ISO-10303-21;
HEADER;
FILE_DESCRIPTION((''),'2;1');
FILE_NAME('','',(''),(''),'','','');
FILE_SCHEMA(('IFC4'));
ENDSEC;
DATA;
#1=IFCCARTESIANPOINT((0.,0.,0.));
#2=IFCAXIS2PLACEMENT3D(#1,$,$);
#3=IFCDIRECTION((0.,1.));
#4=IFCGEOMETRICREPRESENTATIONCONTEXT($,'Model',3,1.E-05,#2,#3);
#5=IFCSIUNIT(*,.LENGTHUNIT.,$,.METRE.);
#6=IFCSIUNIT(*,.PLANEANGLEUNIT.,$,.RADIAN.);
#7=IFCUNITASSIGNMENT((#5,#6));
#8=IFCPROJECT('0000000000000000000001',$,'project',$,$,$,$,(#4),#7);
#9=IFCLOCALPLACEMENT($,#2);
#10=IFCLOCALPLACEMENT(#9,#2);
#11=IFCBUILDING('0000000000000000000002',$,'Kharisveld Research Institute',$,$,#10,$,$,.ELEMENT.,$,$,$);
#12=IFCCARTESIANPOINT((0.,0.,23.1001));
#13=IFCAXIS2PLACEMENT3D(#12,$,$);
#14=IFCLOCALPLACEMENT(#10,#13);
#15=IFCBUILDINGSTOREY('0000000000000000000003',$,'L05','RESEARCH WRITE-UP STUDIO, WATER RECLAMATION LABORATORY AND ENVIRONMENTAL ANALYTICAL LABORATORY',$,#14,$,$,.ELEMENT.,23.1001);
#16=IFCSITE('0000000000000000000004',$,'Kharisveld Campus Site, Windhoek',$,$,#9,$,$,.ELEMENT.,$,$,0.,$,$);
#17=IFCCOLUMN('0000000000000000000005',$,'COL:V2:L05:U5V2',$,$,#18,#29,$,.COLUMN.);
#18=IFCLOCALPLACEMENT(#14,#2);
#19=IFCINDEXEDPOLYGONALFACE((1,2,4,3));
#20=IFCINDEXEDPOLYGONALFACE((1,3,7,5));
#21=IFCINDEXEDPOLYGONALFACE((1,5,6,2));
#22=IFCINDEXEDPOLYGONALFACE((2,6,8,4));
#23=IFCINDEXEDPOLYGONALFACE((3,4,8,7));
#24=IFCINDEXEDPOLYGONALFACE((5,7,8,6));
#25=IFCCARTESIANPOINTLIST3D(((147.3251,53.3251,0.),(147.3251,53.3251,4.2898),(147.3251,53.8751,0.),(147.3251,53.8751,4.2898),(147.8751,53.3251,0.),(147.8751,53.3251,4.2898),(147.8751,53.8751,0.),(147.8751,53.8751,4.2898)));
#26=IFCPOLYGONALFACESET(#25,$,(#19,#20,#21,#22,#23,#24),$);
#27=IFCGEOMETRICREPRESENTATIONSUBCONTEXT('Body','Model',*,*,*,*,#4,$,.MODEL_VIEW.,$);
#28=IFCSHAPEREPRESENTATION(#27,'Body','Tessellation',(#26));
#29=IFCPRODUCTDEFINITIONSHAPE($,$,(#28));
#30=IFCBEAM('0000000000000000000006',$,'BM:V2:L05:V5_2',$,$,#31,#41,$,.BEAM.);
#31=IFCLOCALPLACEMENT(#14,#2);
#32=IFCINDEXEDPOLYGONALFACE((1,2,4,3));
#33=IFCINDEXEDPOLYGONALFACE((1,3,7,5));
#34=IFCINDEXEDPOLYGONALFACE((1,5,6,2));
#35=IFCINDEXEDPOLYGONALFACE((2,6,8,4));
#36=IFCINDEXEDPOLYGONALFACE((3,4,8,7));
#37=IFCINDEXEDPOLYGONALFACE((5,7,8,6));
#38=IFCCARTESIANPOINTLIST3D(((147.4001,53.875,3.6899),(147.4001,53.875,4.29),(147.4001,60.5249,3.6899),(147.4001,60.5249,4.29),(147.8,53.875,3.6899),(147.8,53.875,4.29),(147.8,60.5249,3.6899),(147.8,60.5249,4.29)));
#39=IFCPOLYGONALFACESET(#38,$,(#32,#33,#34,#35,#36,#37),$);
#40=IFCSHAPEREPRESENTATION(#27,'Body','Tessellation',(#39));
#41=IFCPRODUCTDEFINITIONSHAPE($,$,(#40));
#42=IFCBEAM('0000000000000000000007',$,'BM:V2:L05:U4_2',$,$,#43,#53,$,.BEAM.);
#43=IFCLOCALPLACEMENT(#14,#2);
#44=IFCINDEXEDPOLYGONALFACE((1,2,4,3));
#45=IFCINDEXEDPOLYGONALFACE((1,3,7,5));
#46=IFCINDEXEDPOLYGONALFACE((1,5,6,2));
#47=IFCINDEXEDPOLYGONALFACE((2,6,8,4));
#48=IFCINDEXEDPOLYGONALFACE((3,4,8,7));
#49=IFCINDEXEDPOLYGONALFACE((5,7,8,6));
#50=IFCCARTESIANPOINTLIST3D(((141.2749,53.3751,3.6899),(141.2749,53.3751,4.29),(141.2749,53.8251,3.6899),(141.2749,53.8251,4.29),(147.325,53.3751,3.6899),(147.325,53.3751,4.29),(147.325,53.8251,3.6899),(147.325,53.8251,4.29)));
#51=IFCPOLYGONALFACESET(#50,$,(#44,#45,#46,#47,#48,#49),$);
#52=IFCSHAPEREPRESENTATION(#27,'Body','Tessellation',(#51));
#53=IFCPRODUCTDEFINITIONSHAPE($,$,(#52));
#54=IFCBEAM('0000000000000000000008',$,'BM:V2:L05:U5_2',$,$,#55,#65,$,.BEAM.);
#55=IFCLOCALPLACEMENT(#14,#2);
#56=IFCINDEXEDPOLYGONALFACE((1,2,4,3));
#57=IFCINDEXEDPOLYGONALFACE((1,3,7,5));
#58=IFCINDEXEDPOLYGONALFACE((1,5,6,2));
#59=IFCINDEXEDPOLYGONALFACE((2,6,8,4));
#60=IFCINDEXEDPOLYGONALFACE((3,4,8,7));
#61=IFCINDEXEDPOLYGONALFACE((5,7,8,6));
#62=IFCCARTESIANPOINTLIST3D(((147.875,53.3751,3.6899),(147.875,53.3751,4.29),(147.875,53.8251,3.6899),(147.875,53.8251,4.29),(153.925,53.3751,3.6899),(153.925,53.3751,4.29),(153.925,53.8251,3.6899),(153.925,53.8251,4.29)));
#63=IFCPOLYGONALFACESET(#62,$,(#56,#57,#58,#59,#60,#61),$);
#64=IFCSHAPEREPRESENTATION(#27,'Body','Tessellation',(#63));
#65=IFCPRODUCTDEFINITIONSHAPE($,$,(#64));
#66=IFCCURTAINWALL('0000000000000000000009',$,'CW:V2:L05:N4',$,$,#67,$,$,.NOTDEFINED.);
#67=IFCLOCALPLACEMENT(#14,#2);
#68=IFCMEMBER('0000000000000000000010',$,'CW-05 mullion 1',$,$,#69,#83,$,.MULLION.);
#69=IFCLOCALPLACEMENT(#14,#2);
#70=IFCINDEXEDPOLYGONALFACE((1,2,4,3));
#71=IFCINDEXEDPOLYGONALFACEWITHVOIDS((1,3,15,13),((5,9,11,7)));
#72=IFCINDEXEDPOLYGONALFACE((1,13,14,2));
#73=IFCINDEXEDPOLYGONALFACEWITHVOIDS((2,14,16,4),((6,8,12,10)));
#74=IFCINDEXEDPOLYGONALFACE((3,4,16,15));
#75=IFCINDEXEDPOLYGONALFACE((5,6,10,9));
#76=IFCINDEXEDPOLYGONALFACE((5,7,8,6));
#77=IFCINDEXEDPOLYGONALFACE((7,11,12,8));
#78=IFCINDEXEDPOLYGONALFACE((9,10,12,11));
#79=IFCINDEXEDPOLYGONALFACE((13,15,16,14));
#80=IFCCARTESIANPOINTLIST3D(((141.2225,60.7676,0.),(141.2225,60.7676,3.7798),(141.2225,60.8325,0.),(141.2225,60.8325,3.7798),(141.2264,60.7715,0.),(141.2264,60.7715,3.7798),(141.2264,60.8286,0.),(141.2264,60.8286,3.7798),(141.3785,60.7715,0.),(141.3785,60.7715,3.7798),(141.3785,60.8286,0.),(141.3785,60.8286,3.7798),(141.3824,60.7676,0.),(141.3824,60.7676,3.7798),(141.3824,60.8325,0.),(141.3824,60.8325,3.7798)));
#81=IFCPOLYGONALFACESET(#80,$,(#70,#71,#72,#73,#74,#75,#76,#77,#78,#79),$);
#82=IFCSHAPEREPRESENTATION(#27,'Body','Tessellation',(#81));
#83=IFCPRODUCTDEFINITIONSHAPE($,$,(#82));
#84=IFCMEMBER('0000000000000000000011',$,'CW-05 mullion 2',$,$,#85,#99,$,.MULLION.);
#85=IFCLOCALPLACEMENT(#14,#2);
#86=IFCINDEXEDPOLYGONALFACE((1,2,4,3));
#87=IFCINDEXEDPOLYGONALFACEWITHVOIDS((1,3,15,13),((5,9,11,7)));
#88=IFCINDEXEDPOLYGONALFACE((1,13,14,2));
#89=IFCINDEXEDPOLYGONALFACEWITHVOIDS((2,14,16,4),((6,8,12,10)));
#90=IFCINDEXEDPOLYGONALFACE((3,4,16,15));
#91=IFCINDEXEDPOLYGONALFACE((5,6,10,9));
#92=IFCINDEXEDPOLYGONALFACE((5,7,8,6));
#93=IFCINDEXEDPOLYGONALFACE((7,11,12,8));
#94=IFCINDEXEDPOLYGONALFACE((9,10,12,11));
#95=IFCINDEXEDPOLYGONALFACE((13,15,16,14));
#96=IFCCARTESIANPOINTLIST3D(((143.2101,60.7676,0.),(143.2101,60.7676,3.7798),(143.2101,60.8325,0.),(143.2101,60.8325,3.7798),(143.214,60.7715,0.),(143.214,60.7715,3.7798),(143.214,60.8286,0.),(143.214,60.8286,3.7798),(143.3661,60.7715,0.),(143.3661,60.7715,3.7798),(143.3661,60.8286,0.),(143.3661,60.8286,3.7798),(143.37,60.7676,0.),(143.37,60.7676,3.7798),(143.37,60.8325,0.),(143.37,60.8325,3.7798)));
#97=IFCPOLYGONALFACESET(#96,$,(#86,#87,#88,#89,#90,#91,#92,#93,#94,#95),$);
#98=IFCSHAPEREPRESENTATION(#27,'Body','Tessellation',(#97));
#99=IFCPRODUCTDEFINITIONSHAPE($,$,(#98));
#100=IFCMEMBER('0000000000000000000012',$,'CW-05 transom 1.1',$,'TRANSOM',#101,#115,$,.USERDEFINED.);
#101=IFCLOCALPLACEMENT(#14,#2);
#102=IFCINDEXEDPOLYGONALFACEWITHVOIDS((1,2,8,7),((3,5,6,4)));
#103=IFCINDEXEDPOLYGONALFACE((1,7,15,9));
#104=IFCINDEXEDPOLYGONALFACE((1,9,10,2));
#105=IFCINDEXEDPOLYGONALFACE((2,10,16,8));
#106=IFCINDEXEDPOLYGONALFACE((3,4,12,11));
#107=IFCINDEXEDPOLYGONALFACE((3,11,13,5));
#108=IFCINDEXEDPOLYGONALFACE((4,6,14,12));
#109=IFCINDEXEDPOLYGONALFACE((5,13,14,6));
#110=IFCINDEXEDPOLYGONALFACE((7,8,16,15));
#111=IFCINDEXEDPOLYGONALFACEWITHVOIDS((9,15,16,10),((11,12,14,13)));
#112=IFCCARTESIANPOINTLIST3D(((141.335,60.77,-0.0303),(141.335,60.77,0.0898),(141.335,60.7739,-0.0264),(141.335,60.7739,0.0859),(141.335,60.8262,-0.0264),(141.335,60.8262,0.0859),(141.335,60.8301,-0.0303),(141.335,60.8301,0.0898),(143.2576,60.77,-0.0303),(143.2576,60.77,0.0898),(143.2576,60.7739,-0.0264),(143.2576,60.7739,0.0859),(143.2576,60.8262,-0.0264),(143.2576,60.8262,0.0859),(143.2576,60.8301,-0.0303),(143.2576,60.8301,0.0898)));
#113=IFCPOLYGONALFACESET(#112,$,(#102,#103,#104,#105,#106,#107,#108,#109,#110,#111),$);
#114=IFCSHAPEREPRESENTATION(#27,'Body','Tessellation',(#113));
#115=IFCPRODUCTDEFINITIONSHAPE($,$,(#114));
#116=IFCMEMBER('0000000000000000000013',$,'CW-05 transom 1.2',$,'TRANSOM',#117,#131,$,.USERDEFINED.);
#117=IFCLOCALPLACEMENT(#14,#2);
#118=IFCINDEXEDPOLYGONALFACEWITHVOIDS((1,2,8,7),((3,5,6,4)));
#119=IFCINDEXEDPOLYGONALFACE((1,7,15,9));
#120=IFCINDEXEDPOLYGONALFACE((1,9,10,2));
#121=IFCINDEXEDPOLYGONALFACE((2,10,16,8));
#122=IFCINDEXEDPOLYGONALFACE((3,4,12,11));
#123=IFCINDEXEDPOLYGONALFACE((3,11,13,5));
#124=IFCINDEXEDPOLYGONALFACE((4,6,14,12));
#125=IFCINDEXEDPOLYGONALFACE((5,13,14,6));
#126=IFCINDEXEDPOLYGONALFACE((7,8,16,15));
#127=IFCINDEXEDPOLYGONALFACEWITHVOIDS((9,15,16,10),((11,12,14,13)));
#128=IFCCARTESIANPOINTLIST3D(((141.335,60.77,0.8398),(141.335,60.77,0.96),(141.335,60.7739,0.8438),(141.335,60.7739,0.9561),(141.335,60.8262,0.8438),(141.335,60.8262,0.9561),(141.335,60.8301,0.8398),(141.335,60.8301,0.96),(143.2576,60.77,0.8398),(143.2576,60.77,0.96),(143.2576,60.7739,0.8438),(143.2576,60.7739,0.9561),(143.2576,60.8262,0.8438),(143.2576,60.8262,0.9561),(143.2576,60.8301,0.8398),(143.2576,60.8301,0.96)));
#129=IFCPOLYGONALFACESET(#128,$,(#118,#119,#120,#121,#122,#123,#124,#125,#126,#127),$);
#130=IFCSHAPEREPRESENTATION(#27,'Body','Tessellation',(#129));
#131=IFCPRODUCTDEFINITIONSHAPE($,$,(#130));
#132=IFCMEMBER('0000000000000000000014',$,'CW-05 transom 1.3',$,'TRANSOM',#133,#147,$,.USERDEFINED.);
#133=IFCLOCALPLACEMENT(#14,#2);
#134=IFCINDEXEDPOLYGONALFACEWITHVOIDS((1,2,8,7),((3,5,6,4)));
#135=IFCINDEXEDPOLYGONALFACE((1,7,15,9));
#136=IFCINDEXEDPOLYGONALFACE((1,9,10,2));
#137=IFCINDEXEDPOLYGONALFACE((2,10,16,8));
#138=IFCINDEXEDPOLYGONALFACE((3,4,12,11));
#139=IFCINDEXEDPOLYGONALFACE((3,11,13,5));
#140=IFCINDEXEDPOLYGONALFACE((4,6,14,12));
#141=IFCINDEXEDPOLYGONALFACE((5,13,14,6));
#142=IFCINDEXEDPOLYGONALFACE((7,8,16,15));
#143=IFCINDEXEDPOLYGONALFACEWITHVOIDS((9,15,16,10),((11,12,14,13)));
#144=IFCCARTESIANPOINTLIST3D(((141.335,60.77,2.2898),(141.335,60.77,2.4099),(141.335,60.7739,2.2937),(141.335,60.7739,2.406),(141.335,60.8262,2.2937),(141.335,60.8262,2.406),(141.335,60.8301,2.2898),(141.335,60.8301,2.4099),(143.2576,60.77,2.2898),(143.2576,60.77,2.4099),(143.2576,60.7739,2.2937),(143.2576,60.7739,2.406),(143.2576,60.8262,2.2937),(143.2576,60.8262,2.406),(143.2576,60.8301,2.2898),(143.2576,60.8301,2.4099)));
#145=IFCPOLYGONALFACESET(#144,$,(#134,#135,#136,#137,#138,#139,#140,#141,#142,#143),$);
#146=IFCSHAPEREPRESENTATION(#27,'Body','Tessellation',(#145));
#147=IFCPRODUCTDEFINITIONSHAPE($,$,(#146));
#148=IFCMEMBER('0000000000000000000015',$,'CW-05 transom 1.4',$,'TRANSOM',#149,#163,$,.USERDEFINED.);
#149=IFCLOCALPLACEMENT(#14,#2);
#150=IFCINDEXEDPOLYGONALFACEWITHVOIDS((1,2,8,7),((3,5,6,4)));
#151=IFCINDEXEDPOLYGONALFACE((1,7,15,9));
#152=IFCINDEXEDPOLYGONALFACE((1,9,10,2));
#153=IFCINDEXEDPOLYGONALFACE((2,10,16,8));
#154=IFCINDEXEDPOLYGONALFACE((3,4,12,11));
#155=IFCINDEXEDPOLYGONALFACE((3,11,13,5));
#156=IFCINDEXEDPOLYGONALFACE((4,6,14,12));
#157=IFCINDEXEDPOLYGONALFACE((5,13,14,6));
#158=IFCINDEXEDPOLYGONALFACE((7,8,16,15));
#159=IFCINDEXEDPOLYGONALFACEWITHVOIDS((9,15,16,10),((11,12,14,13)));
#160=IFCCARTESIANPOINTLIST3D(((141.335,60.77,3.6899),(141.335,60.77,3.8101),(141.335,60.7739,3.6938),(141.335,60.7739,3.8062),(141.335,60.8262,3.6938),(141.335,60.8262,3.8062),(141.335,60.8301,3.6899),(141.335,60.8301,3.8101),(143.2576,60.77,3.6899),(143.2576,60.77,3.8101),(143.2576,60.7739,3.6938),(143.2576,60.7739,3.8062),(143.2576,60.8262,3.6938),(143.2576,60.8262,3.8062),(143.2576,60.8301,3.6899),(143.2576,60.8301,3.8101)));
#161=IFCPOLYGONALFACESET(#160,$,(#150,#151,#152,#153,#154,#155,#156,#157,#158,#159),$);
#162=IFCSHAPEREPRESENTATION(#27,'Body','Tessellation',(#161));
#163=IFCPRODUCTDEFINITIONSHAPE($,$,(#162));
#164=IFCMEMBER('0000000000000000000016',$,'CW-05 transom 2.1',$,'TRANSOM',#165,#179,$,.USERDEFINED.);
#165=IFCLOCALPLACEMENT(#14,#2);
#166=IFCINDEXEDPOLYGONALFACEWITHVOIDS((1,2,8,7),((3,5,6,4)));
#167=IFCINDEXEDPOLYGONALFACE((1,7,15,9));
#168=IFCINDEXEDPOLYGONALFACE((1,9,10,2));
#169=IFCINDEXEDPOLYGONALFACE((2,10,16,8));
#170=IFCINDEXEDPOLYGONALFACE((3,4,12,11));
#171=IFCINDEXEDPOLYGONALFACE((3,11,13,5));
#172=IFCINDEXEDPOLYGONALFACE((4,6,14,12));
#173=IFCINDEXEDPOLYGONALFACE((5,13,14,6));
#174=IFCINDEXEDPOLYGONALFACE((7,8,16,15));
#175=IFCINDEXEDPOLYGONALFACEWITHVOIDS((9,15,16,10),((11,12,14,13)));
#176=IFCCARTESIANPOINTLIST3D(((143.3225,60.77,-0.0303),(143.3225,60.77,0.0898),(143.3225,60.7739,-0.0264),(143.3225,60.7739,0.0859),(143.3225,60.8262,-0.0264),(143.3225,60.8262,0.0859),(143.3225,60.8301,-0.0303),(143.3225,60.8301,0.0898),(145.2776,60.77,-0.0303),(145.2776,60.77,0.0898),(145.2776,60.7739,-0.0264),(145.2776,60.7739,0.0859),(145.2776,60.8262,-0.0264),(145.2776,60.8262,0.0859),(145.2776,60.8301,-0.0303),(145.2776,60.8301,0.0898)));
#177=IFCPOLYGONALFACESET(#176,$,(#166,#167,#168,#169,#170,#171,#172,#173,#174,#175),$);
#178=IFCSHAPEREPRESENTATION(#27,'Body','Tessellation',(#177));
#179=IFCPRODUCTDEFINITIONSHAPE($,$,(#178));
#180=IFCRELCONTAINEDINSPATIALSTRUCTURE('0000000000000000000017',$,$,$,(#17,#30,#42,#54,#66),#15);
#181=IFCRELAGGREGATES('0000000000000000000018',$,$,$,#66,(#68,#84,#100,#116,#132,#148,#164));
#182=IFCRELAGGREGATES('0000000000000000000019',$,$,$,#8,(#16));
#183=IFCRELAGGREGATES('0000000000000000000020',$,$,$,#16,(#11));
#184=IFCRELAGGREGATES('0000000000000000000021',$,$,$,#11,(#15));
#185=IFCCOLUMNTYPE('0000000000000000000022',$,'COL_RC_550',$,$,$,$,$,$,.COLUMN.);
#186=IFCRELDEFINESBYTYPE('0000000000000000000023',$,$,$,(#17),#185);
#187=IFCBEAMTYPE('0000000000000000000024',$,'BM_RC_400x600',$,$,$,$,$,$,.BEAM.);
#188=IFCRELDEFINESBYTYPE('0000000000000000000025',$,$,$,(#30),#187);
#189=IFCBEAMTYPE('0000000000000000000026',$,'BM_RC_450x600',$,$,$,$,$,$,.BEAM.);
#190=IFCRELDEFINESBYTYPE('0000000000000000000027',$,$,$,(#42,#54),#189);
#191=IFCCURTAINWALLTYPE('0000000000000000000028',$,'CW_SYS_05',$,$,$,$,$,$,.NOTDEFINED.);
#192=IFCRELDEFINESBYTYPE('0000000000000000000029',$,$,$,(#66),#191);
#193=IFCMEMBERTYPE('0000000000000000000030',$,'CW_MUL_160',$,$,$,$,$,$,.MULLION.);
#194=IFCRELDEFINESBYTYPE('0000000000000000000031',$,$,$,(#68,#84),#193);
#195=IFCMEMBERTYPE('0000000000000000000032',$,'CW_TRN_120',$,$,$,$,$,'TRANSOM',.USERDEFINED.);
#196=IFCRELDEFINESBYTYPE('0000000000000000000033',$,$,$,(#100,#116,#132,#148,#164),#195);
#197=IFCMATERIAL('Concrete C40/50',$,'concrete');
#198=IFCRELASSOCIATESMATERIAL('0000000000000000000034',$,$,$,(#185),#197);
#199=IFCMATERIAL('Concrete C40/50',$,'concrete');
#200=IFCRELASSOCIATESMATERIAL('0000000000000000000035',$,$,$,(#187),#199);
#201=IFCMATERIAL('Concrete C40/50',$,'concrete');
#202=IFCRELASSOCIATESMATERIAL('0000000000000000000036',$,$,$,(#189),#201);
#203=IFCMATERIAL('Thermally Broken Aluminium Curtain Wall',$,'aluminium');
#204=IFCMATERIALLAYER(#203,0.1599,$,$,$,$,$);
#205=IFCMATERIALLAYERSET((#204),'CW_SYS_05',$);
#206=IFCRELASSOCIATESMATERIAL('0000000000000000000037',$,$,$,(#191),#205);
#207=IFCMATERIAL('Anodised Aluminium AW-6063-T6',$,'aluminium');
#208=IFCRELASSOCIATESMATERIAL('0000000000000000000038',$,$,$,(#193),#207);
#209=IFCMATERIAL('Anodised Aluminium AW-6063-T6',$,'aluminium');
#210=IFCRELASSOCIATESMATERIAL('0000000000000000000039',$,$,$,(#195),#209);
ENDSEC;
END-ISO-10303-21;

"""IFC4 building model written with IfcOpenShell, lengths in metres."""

from ifc_helpers import new_model, si_unit, direction, frame, origin, origin_2d, place, context, subcontext, project, spatial, rectangle, hollow_rectangle, extrude, material, layer, layer_set, material_profile, profile_set, type_object, element, aggregate, save


model = new_model("IFC4")

# Units and contexts
model_context = context("Model", 3, precision=1e-05, world=origin(), true_north=direction((0.0, 1.0)))
body_context = subcontext(model_context, "Body", "Model", "MODEL_VIEW")
ifc_project = project(units=[si_unit("LENGTHUNIT", "METRE"), si_unit("PLANEANGLEUNIT", "RADIAN")], contexts=[model_context])

# Site, building, storey
site_placement = place(None, origin())
site = spatial("IfcSite", under=ifc_project, at=site_placement, Name="Kharisveld Campus Site, Windhoek", CompositionType="ELEMENT", RefElevation=0.0)
building_placement = place(site_placement, origin())
building = spatial("IfcBuilding", under=site, at=building_placement, Name="Kharisveld Research Institute", CompositionType="ELEMENT")
storey_placement = place(building_placement, frame((0.0, 0.0, 23.1001)))
storey = spatial("IfcBuildingStorey", under=building, at=storey_placement, Name="L05", Description="RESEARCH WRITE-UP STUDIO, WATER RECLAMATION LABORATORY AND ENVIRONMENTAL ANALYTICAL LABORATORY", CompositionType="ELEMENT", Elevation=23.1001)

# Column
ifc_material_1 = material(Name="Concrete C40/50", Category="concrete")
ifc_material_profile_1 = material_profile(ifc_material_1, rectangle(XDim=0.55, YDim=0.55, at=origin_2d()))
ifc_profile_set_1 = profile_set([ifc_material_profile_1], Name="Concrete C40/50")
column_type = type_object("IfcColumnType", Name="COL_RC_550", PredefinedType="COLUMN", material=ifc_profile_set_1)
column_placement = place(storey_placement, frame((147.6001, 53.6001, 0.0), z_axis=(0.0, 0.0, 1.0), x_axis=(1.0, 0.0, 0.0)))
element("IfcColumn", 1, at=column_placement, inside=storey, type_object=column_type, Name="COL:V2:L05:U5V2", PredefinedType="COLUMN", context=body_context, shape_type="SweptSolid", body=[
    extrude(rectangle(XDim=0.55, YDim=0.55, at=origin_2d()), origin(), (0.0, 0.0, 1.0), 4.2898),
])

# Beams
ifc_material_2 = material(Name="Concrete C40/50", Category="concrete")
ifc_material_profile_2 = material_profile(ifc_material_2, rectangle(XDim=0.3999, YDim=0.6001, at=origin_2d()))
ifc_profile_set_2 = profile_set([ifc_material_profile_2], Name="Concrete C40/50")
beam_type_1 = type_object("IfcBeamType", Name="BM_RC_400x600", PredefinedType="BEAM", material=ifc_profile_set_2)
beam_1_placement = place(storey_placement, frame((147.6001, 53.875, 3.99), z_axis=(0.0, 1.0, 0.0), x_axis=(-1.0, 0.0, 0.0)))
element("IfcBeam", 2, at=beam_1_placement, inside=storey, type_object=beam_type_1, Name="BM:V2:L05:V5_2", PredefinedType="BEAM", context=body_context, shape_type="SweptSolid", body=[
    extrude(rectangle(XDim=0.3999, YDim=0.6001, at=origin_2d()), origin(), (0.0, 0.0, 1.0), 6.6499),
])
ifc_material_3 = material(Name="Concrete C40/50", Category="concrete")
ifc_material_profile_3 = material_profile(ifc_material_3, rectangle(XDim=0.45, YDim=0.6001, at=origin_2d()))
ifc_profile_set_3 = profile_set([ifc_material_profile_3], Name="Concrete C40/50")
beam_type_2 = type_object("IfcBeamType", Name="BM_RC_450x600", PredefinedType="BEAM", material=ifc_profile_set_3)
for number, where, z_axis, x_axis, name in (
    (3, (141.2749, 53.6001, 3.99), (1.0, 0.0, 0.0), (0.0, 1.0, 0.0), "BM:V2:L05:U4_2"),
    (4, (147.875, 53.6001, 3.99), (1.0, 0.0, 0.0), (0.0, 1.0, 0.0), "BM:V2:L05:U5_2"),
):
    element("IfcBeam", number, at=place(storey_placement, frame(where, z_axis=z_axis, x_axis=x_axis)), inside=storey, type_object=beam_type_2, Name=name, PredefinedType="BEAM", context=body_context, shape_type="SweptSolid", body=[
        extrude(rectangle(XDim=0.45, YDim=0.6001, at=origin_2d()), origin(), (0.0, 0.0, 1.0), 6.05),
    ])

# Curtain wall, members
ifc_material_4 = material(Name="Thermally Broken Aluminium Curtain Wall", Category="aluminium")
ifc_layer_1 = layer(ifc_material_4, 0.1599)
ifc_layer_set_1 = layer_set([ifc_layer_1], Name="CW_SYS_05")
curtain_wall_type = type_object("IfcCurtainWallType", Name="CW_SYS_05", PredefinedType="NOTDEFINED", material=ifc_layer_set_1)
curtain_wall_placement = place(storey_placement, origin())
curtain_wall = element("IfcCurtainWall", 5, at=curtain_wall_placement, inside=storey, type_object=curtain_wall_type, Name="CW:V2:L05:N4", PredefinedType="NOTDEFINED")
ifc_material_5 = material(Name="Anodised Aluminium AW-6063-T6", Category="aluminium")
ifc_material_profile_4 = material_profile(ifc_material_5, hollow_rectangle(XDim=0.0649, YDim=0.1599, WallThickness=0.0039, at=origin_2d()))
ifc_profile_set_4 = profile_set([ifc_material_profile_4], Name="Anodised Aluminium AW-6063-T6")
member_type_1 = type_object("IfcMemberType", Name="CW_MUL_160", PredefinedType="MULLION", material=ifc_profile_set_4)
member_1_placement = place(storey_placement, frame((141.3025, 60.8, 0.0), z_axis=(0.0, 0.0, 1.0), x_axis=(0.0, 1.0, 0.0)))
member_1 = element("IfcMember", 6, at=member_1_placement, type_object=member_type_1, Name="CW-05 mullion 1", PredefinedType="MULLION", context=body_context, shape_type="SweptSolid", body=[
    extrude(hollow_rectangle(XDim=0.0649, YDim=0.1599, WallThickness=0.0039, at=origin_2d()), origin(), (0.0, 0.0, 1.0), 3.7798),
])
member_2_placement = place(storey_placement, frame((143.29, 60.8, 0.0), z_axis=(0.0, 0.0, 1.0), x_axis=(0.0, 1.0, 0.0)))
member_2 = element("IfcMember", 7, at=member_2_placement, type_object=member_type_1, Name="CW-05 mullion 2", PredefinedType="MULLION", context=body_context, shape_type="SweptSolid", body=[
    extrude(hollow_rectangle(XDim=0.0649, YDim=0.1599, WallThickness=0.0039, at=origin_2d()), origin(), (0.0, 0.0, 1.0), 3.7798),
])
ifc_material_6 = material(Name="Anodised Aluminium AW-6063-T6", Category="aluminium")
ifc_material_profile_5 = material_profile(ifc_material_6, hollow_rectangle(XDim=0.0601, YDim=0.1201, WallThickness=0.0039, at=origin_2d()))
ifc_profile_set_5 = profile_set([ifc_material_profile_5], Name="Anodised Aluminium AW-6063-T6")
member_type_2 = type_object("IfcMemberType", Name="CW_TRN_120", ElementType="TRANSOM", PredefinedType="USERDEFINED", material=ifc_profile_set_5)
member_3_placement = place(storey_placement, frame((141.335, 60.8, 0.0298), z_axis=(1.0, 0.0, 0.0), x_axis=(0.0, 1.0, 0.0)))
member_3 = element("IfcMember", 8, at=member_3_placement, type_object=member_type_2, Name="CW-05 transom 1.1", ObjectType="TRANSOM", PredefinedType="USERDEFINED", context=body_context, shape_type="SweptSolid", body=[
    extrude(hollow_rectangle(XDim=0.0601, YDim=0.1201, WallThickness=0.0039, at=origin_2d()), origin(), (0.0, 0.0, 1.0), 1.9226),
])
member_4_placement = place(storey_placement, frame((141.335, 60.8, 0.8999), z_axis=(1.0, 0.0, 0.0), x_axis=(0.0, 1.0, 0.0)))
member_4 = element("IfcMember", 9, at=member_4_placement, type_object=member_type_2, Name="CW-05 transom 1.2", ObjectType="TRANSOM", PredefinedType="USERDEFINED", context=body_context, shape_type="SweptSolid", body=[
    extrude(hollow_rectangle(XDim=0.0601, YDim=0.1201, WallThickness=0.0039, at=origin_2d()), origin(), (0.0, 0.0, 1.0), 1.9226),
])
member_5_placement = place(storey_placement, frame((141.335, 60.8, 2.3499), z_axis=(1.0, 0.0, 0.0), x_axis=(0.0, 1.0, 0.0)))
member_5 = element("IfcMember", 10, at=member_5_placement, type_object=member_type_2, Name="CW-05 transom 1.3", ObjectType="TRANSOM", PredefinedType="USERDEFINED", context=body_context, shape_type="SweptSolid", body=[
    extrude(hollow_rectangle(XDim=0.0601, YDim=0.1201, WallThickness=0.0039, at=origin_2d()), origin(), (0.0, 0.0, 1.0), 1.9226),
])
member_6_placement = place(storey_placement, frame((141.335, 60.8, 3.75), z_axis=(1.0, 0.0, 0.0), x_axis=(0.0, 1.0, 0.0)))
member_6 = element("IfcMember", 11, at=member_6_placement, type_object=member_type_2, Name="CW-05 transom 1.4", ObjectType="TRANSOM", PredefinedType="USERDEFINED", context=body_context, shape_type="SweptSolid", body=[
    extrude(hollow_rectangle(XDim=0.0601, YDim=0.1201, WallThickness=0.0039, at=origin_2d()), origin(), (0.0, 0.0, 1.0), 1.9226),
])
member_7_placement = place(storey_placement, frame((143.3225, 60.8, 0.0298), z_axis=(1.0, 0.0, 0.0), x_axis=(0.0, 1.0, 0.0)))
member_7 = element("IfcMember", 12, at=member_7_placement, type_object=member_type_2, Name="CW-05 transom 2.1", ObjectType="TRANSOM", PredefinedType="USERDEFINED", context=body_context, shape_type="SweptSolid", body=[
    extrude(hollow_rectangle(XDim=0.0601, YDim=0.1201, WallThickness=0.0039, at=origin_2d()), origin(), (0.0, 0.0, 1.0), 1.9551),
])

aggregate(curtain_wall, [member_1, member_2, member_3, member_4, member_5, member_6, member_7])

save(model, "model.ifc")
